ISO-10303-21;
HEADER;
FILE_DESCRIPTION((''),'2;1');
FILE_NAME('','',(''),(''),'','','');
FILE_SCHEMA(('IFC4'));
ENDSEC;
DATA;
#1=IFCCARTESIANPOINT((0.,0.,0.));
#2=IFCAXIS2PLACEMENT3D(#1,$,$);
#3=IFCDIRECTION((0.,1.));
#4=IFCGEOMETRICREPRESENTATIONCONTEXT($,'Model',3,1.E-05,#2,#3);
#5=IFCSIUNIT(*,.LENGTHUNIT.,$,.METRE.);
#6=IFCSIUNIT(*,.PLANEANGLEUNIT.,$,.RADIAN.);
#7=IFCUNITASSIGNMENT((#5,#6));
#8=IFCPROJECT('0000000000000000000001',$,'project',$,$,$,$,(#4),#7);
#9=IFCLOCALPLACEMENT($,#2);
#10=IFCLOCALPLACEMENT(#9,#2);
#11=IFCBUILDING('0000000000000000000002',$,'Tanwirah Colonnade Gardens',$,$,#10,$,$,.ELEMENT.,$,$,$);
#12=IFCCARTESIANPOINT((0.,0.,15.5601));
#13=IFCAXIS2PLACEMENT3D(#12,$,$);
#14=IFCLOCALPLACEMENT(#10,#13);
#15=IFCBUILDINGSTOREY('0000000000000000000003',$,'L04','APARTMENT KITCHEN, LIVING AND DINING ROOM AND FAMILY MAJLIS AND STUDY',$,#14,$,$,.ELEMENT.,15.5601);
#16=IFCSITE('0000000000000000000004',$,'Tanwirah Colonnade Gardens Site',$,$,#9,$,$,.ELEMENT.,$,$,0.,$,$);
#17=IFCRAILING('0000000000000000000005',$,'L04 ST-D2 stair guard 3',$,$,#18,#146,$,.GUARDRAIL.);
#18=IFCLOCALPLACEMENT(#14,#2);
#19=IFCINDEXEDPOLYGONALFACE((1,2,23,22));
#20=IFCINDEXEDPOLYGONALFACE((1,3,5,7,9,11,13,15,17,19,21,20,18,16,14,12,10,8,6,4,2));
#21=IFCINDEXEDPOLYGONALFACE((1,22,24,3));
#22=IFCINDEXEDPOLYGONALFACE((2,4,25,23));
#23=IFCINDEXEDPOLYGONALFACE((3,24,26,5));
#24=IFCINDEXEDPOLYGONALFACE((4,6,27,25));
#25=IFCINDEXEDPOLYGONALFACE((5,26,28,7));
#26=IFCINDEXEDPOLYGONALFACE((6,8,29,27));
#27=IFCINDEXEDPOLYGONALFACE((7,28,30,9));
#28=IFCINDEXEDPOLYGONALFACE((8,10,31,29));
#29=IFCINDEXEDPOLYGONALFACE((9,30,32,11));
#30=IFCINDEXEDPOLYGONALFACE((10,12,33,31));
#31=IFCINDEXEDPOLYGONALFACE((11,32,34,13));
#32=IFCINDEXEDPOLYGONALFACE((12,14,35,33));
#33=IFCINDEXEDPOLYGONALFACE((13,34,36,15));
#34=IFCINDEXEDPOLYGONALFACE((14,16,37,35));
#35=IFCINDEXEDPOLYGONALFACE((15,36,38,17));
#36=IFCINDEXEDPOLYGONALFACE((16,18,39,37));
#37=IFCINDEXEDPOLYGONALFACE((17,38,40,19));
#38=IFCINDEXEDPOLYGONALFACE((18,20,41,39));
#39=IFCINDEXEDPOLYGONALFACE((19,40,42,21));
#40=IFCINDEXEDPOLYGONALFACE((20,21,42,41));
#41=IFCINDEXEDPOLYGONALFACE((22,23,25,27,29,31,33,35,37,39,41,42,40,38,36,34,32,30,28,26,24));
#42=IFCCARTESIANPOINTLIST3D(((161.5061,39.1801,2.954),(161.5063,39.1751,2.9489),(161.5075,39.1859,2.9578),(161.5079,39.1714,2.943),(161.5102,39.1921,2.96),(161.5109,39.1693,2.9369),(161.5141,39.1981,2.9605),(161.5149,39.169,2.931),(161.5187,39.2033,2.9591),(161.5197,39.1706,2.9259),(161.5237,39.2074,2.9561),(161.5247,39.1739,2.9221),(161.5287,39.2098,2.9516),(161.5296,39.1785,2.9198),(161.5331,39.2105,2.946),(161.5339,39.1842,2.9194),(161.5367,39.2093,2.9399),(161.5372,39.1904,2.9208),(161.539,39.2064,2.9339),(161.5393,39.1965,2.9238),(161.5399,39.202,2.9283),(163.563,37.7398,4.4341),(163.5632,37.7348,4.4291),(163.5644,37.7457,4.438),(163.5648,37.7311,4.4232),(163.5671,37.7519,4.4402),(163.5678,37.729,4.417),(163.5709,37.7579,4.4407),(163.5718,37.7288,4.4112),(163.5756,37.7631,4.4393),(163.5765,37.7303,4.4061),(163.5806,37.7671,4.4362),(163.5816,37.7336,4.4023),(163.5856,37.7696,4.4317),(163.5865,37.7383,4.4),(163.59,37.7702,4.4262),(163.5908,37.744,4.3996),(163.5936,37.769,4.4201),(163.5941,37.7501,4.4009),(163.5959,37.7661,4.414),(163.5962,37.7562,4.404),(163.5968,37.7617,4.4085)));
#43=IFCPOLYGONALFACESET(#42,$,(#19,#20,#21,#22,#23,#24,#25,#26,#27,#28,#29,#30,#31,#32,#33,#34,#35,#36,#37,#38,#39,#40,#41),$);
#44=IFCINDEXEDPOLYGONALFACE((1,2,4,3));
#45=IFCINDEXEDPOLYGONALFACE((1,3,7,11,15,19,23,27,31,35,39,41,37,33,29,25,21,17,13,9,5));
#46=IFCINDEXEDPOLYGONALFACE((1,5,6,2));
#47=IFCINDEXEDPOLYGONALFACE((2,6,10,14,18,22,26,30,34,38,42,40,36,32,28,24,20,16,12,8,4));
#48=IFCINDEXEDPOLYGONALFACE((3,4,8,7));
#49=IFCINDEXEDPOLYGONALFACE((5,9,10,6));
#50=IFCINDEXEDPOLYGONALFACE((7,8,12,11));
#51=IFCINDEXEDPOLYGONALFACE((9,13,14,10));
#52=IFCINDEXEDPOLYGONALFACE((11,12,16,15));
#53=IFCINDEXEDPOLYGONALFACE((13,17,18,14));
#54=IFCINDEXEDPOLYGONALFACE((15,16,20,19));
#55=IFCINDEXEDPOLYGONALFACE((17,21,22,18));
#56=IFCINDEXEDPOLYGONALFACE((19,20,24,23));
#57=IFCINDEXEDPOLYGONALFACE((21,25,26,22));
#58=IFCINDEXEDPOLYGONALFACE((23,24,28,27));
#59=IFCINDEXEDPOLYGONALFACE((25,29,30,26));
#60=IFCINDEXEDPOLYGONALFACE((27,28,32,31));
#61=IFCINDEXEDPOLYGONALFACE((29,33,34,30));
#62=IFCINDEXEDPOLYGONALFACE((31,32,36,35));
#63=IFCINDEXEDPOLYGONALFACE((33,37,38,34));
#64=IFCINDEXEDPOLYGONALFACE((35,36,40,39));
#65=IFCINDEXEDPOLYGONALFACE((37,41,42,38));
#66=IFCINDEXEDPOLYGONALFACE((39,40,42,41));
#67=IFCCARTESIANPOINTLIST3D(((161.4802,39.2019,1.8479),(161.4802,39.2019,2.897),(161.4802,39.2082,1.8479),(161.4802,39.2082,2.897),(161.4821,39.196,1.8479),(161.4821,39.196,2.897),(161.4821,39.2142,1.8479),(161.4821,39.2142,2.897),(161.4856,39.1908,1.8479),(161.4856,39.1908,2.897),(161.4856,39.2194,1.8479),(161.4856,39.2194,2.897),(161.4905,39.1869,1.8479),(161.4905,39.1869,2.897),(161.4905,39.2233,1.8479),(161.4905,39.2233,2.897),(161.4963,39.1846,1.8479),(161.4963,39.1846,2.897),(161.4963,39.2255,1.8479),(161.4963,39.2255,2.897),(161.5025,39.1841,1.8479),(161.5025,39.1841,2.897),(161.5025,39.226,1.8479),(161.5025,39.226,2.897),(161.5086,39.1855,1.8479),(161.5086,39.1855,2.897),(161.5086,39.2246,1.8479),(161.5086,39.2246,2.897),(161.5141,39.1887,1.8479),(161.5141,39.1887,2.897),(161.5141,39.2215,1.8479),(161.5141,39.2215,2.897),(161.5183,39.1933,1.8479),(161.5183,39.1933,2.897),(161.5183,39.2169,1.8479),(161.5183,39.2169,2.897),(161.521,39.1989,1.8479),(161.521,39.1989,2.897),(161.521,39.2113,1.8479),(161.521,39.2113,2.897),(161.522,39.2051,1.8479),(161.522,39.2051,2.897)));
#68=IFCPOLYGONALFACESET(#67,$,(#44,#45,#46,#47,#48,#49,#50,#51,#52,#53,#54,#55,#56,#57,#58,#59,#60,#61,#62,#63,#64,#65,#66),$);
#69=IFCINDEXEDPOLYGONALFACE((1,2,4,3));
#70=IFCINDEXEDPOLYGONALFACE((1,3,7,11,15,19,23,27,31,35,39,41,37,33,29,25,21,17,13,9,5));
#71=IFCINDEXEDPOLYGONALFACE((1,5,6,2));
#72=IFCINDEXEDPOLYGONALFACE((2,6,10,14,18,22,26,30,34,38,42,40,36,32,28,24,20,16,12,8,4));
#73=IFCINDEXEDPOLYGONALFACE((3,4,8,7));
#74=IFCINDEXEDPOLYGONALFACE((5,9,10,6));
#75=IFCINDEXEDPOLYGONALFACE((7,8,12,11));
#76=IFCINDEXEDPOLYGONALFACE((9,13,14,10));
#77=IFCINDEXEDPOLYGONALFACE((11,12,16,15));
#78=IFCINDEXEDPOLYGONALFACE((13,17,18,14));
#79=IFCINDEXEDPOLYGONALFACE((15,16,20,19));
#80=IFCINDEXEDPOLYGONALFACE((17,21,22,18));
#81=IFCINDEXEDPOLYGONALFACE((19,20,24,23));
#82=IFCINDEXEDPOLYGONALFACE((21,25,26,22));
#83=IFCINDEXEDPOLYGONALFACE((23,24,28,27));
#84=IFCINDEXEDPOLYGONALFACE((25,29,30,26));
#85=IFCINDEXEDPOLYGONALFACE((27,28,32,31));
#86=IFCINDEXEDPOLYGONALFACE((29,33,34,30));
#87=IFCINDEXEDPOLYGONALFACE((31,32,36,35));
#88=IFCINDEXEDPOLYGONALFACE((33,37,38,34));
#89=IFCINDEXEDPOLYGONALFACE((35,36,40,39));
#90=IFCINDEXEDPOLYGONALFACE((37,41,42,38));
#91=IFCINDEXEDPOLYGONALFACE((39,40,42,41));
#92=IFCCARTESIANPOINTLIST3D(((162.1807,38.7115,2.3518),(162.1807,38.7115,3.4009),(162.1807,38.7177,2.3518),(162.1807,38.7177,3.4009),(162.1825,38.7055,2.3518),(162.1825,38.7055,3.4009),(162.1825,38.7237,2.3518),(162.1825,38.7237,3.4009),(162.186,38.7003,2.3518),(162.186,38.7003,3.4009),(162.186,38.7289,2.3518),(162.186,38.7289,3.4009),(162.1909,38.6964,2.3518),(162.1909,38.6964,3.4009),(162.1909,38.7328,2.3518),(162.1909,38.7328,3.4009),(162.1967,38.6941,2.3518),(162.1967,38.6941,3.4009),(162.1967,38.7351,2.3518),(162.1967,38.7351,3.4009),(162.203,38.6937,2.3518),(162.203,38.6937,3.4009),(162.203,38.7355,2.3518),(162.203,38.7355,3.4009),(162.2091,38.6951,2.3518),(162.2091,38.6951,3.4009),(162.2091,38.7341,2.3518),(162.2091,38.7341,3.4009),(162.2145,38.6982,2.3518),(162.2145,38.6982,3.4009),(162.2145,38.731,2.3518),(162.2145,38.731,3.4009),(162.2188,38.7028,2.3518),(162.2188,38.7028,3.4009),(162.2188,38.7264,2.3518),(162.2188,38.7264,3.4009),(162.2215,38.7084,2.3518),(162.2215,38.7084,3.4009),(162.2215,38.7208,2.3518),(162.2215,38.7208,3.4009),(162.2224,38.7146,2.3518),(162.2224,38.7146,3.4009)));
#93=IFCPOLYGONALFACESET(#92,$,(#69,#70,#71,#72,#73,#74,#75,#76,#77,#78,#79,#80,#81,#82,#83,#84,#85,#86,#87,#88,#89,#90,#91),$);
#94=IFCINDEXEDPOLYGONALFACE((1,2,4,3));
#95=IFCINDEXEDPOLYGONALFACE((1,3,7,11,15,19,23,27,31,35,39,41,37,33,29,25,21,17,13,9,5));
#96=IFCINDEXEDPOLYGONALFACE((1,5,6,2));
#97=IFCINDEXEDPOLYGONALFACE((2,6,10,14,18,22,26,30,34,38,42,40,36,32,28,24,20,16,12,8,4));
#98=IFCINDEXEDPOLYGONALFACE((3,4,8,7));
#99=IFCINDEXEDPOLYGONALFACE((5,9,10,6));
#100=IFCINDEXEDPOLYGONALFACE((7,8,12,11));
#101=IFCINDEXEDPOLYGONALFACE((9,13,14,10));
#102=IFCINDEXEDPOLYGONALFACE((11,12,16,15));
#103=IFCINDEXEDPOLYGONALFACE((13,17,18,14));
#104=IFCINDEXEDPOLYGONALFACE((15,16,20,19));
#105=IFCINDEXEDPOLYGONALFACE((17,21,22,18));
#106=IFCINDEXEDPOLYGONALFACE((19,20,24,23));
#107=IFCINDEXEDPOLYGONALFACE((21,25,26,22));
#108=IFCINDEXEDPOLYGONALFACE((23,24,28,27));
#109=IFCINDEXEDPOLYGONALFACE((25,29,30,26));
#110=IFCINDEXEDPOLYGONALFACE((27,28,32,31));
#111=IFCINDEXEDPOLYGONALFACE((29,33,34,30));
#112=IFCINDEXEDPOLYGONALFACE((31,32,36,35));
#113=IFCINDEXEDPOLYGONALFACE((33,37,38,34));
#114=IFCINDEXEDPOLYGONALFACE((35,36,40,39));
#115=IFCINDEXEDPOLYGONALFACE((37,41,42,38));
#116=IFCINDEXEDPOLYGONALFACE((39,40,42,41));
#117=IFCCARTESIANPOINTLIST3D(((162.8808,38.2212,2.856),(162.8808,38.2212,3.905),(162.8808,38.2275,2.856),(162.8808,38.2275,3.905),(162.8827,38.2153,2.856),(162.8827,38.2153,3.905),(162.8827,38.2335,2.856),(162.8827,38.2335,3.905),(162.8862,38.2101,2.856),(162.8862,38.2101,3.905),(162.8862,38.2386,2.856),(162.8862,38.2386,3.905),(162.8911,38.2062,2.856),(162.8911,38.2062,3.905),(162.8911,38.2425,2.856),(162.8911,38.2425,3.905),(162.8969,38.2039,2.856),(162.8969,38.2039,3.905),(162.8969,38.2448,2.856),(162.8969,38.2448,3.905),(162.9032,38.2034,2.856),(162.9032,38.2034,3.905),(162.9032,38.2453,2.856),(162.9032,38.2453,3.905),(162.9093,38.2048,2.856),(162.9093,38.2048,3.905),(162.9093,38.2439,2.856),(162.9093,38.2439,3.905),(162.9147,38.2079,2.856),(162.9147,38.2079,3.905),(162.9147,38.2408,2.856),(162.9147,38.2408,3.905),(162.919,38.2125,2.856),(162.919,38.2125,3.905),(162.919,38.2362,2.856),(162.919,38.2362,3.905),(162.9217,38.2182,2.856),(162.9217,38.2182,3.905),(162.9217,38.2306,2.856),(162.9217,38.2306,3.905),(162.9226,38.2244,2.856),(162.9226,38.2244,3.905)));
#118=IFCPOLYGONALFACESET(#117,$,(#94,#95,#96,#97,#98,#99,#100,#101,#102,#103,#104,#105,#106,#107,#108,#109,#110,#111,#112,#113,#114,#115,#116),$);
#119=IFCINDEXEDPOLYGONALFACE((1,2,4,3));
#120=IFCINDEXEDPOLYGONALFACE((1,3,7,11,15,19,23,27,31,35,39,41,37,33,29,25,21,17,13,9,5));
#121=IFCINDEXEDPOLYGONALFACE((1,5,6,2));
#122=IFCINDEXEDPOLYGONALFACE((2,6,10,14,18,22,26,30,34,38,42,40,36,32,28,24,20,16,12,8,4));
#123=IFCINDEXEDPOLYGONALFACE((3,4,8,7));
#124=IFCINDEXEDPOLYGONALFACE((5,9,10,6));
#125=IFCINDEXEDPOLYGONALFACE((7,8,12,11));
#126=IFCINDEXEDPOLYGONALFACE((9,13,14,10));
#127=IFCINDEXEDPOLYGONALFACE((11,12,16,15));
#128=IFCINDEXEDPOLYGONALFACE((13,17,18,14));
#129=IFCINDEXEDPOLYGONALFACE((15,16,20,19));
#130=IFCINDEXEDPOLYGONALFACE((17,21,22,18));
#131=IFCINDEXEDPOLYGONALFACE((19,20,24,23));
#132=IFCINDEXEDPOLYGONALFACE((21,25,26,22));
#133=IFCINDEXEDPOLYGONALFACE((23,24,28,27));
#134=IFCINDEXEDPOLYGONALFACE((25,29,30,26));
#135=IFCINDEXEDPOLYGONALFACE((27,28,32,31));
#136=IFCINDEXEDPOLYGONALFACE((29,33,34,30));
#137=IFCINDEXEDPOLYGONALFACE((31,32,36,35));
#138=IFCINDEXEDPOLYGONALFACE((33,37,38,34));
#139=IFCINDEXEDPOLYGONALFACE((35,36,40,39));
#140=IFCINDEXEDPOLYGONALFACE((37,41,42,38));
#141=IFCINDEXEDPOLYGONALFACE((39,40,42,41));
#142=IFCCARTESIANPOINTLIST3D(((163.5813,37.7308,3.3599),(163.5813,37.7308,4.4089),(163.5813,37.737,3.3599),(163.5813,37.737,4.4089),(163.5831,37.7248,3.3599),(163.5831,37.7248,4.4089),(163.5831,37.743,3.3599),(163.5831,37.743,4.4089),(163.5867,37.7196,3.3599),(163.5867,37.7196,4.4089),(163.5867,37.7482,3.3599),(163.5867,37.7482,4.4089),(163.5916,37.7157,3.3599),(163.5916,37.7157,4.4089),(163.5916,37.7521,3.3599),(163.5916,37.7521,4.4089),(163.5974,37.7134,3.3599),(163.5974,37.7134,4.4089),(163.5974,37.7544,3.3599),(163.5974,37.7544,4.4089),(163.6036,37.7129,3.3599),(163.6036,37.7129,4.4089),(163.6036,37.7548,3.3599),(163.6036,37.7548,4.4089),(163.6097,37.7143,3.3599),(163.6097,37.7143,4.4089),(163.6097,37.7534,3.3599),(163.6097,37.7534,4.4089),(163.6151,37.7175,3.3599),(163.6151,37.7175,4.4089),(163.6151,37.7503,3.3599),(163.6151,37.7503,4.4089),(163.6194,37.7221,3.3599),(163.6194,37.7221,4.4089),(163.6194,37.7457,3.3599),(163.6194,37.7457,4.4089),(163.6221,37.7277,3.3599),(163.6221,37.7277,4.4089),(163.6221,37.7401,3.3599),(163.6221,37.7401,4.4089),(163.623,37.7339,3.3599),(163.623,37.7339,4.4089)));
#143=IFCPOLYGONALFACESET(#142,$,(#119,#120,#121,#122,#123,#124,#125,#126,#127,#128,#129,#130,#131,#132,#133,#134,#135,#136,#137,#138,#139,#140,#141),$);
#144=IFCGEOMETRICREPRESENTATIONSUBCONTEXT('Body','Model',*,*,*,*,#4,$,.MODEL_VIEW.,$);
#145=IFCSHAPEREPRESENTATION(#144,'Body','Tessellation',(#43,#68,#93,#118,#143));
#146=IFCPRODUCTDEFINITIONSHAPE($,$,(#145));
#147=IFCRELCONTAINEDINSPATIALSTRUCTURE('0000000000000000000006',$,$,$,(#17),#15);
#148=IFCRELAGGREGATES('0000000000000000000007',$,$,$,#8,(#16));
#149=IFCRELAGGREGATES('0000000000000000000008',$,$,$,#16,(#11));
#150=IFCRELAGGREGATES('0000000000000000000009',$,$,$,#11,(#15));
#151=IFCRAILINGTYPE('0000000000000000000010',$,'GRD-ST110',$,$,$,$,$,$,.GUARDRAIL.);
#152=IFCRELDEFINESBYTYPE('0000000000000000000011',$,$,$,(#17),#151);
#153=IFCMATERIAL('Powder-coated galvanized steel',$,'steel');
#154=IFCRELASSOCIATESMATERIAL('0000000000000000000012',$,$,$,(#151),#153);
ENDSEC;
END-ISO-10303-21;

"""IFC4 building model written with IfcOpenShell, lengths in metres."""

from ifc_helpers import new_model, si_unit, direction, frame, origin, origin_2d, place, context, subcontext, project, spatial, circle, extrude, material, type_object, element, save


model = new_model("IFC4")

# Units and contexts
model_context = context("Model", 3, precision=1e-05, world=origin(), true_north=direction((0.0, 1.0)))
body_context = subcontext(model_context, "Body", "Model", "MODEL_VIEW")
ifc_project = project(units=[si_unit("LENGTHUNIT", "METRE"), si_unit("PLANEANGLEUNIT", "RADIAN")], contexts=[model_context])

# Site, building, storey
site_placement = place(None, origin())
site = spatial("IfcSite", under=ifc_project, at=site_placement, Name="Tanwirah Colonnade Gardens Site", CompositionType="ELEMENT", RefElevation=0.0)
building_placement = place(site_placement, origin())
building = spatial("IfcBuilding", under=site, at=building_placement, Name="Tanwirah Colonnade Gardens", CompositionType="ELEMENT")
storey_placement = place(building_placement, frame((0.0, 0.0, 15.5601)))
storey = spatial("IfcBuildingStorey", under=building, at=storey_placement, Name="L04", Description="APARTMENT KITCHEN, LIVING AND DINING ROOM AND FAMILY MAJLIS AND STUDY", CompositionType="ELEMENT", Elevation=15.5601)

# Railing
ifc_material_1 = material(Name="Powder-coated galvanized steel", Category="steel")
railing_type_1 = type_object("IfcRailingType", Name="GRD-ST110", PredefinedType="GUARDRAIL", material=ifc_material_1)
railing_1_placement = place(storey_placement, frame((161.501, 39.2051, 1.8479)))
element("IfcRailing", 1, at=railing_1_placement, inside=storey, type_object=railing_type_1, Name="L04 ST-D2 stair guard 3", PredefinedType="GUARDRAIL", context=body_context, shape_type="SweptSolid", body=[
    extrude(circle(Radius=0.0239, at=origin_2d()), frame((0.022, -0.0154, 1.092), z_axis=(0.705673, -0.494118, 0.507812), x_axis=(0.573577, 0.819151, 0.0)), (0.0, 0.0, 1.0), 2.9148),
    extrude(circle(Radius=0.021, at=origin_2d()), origin(), (0.0, 0.0, 1.0), 1.0491),
    extrude(circle(Radius=0.021, at=origin_2d()), frame((0.7004, -0.4905, 0.5039)), (0.0, 0.0, 1.0), 1.0491),
    extrude(circle(Radius=0.021, at=origin_2d()), frame((1.4006, -0.9807, 1.0081)), (0.0, 0.0, 1.0), 1.0491),
    extrude(circle(Radius=0.021, at=origin_2d()), frame((2.1011, -1.4712, 1.512)), (0.0, 0.0, 1.0), 1.0491),
])

save(model, "model.ifc")
